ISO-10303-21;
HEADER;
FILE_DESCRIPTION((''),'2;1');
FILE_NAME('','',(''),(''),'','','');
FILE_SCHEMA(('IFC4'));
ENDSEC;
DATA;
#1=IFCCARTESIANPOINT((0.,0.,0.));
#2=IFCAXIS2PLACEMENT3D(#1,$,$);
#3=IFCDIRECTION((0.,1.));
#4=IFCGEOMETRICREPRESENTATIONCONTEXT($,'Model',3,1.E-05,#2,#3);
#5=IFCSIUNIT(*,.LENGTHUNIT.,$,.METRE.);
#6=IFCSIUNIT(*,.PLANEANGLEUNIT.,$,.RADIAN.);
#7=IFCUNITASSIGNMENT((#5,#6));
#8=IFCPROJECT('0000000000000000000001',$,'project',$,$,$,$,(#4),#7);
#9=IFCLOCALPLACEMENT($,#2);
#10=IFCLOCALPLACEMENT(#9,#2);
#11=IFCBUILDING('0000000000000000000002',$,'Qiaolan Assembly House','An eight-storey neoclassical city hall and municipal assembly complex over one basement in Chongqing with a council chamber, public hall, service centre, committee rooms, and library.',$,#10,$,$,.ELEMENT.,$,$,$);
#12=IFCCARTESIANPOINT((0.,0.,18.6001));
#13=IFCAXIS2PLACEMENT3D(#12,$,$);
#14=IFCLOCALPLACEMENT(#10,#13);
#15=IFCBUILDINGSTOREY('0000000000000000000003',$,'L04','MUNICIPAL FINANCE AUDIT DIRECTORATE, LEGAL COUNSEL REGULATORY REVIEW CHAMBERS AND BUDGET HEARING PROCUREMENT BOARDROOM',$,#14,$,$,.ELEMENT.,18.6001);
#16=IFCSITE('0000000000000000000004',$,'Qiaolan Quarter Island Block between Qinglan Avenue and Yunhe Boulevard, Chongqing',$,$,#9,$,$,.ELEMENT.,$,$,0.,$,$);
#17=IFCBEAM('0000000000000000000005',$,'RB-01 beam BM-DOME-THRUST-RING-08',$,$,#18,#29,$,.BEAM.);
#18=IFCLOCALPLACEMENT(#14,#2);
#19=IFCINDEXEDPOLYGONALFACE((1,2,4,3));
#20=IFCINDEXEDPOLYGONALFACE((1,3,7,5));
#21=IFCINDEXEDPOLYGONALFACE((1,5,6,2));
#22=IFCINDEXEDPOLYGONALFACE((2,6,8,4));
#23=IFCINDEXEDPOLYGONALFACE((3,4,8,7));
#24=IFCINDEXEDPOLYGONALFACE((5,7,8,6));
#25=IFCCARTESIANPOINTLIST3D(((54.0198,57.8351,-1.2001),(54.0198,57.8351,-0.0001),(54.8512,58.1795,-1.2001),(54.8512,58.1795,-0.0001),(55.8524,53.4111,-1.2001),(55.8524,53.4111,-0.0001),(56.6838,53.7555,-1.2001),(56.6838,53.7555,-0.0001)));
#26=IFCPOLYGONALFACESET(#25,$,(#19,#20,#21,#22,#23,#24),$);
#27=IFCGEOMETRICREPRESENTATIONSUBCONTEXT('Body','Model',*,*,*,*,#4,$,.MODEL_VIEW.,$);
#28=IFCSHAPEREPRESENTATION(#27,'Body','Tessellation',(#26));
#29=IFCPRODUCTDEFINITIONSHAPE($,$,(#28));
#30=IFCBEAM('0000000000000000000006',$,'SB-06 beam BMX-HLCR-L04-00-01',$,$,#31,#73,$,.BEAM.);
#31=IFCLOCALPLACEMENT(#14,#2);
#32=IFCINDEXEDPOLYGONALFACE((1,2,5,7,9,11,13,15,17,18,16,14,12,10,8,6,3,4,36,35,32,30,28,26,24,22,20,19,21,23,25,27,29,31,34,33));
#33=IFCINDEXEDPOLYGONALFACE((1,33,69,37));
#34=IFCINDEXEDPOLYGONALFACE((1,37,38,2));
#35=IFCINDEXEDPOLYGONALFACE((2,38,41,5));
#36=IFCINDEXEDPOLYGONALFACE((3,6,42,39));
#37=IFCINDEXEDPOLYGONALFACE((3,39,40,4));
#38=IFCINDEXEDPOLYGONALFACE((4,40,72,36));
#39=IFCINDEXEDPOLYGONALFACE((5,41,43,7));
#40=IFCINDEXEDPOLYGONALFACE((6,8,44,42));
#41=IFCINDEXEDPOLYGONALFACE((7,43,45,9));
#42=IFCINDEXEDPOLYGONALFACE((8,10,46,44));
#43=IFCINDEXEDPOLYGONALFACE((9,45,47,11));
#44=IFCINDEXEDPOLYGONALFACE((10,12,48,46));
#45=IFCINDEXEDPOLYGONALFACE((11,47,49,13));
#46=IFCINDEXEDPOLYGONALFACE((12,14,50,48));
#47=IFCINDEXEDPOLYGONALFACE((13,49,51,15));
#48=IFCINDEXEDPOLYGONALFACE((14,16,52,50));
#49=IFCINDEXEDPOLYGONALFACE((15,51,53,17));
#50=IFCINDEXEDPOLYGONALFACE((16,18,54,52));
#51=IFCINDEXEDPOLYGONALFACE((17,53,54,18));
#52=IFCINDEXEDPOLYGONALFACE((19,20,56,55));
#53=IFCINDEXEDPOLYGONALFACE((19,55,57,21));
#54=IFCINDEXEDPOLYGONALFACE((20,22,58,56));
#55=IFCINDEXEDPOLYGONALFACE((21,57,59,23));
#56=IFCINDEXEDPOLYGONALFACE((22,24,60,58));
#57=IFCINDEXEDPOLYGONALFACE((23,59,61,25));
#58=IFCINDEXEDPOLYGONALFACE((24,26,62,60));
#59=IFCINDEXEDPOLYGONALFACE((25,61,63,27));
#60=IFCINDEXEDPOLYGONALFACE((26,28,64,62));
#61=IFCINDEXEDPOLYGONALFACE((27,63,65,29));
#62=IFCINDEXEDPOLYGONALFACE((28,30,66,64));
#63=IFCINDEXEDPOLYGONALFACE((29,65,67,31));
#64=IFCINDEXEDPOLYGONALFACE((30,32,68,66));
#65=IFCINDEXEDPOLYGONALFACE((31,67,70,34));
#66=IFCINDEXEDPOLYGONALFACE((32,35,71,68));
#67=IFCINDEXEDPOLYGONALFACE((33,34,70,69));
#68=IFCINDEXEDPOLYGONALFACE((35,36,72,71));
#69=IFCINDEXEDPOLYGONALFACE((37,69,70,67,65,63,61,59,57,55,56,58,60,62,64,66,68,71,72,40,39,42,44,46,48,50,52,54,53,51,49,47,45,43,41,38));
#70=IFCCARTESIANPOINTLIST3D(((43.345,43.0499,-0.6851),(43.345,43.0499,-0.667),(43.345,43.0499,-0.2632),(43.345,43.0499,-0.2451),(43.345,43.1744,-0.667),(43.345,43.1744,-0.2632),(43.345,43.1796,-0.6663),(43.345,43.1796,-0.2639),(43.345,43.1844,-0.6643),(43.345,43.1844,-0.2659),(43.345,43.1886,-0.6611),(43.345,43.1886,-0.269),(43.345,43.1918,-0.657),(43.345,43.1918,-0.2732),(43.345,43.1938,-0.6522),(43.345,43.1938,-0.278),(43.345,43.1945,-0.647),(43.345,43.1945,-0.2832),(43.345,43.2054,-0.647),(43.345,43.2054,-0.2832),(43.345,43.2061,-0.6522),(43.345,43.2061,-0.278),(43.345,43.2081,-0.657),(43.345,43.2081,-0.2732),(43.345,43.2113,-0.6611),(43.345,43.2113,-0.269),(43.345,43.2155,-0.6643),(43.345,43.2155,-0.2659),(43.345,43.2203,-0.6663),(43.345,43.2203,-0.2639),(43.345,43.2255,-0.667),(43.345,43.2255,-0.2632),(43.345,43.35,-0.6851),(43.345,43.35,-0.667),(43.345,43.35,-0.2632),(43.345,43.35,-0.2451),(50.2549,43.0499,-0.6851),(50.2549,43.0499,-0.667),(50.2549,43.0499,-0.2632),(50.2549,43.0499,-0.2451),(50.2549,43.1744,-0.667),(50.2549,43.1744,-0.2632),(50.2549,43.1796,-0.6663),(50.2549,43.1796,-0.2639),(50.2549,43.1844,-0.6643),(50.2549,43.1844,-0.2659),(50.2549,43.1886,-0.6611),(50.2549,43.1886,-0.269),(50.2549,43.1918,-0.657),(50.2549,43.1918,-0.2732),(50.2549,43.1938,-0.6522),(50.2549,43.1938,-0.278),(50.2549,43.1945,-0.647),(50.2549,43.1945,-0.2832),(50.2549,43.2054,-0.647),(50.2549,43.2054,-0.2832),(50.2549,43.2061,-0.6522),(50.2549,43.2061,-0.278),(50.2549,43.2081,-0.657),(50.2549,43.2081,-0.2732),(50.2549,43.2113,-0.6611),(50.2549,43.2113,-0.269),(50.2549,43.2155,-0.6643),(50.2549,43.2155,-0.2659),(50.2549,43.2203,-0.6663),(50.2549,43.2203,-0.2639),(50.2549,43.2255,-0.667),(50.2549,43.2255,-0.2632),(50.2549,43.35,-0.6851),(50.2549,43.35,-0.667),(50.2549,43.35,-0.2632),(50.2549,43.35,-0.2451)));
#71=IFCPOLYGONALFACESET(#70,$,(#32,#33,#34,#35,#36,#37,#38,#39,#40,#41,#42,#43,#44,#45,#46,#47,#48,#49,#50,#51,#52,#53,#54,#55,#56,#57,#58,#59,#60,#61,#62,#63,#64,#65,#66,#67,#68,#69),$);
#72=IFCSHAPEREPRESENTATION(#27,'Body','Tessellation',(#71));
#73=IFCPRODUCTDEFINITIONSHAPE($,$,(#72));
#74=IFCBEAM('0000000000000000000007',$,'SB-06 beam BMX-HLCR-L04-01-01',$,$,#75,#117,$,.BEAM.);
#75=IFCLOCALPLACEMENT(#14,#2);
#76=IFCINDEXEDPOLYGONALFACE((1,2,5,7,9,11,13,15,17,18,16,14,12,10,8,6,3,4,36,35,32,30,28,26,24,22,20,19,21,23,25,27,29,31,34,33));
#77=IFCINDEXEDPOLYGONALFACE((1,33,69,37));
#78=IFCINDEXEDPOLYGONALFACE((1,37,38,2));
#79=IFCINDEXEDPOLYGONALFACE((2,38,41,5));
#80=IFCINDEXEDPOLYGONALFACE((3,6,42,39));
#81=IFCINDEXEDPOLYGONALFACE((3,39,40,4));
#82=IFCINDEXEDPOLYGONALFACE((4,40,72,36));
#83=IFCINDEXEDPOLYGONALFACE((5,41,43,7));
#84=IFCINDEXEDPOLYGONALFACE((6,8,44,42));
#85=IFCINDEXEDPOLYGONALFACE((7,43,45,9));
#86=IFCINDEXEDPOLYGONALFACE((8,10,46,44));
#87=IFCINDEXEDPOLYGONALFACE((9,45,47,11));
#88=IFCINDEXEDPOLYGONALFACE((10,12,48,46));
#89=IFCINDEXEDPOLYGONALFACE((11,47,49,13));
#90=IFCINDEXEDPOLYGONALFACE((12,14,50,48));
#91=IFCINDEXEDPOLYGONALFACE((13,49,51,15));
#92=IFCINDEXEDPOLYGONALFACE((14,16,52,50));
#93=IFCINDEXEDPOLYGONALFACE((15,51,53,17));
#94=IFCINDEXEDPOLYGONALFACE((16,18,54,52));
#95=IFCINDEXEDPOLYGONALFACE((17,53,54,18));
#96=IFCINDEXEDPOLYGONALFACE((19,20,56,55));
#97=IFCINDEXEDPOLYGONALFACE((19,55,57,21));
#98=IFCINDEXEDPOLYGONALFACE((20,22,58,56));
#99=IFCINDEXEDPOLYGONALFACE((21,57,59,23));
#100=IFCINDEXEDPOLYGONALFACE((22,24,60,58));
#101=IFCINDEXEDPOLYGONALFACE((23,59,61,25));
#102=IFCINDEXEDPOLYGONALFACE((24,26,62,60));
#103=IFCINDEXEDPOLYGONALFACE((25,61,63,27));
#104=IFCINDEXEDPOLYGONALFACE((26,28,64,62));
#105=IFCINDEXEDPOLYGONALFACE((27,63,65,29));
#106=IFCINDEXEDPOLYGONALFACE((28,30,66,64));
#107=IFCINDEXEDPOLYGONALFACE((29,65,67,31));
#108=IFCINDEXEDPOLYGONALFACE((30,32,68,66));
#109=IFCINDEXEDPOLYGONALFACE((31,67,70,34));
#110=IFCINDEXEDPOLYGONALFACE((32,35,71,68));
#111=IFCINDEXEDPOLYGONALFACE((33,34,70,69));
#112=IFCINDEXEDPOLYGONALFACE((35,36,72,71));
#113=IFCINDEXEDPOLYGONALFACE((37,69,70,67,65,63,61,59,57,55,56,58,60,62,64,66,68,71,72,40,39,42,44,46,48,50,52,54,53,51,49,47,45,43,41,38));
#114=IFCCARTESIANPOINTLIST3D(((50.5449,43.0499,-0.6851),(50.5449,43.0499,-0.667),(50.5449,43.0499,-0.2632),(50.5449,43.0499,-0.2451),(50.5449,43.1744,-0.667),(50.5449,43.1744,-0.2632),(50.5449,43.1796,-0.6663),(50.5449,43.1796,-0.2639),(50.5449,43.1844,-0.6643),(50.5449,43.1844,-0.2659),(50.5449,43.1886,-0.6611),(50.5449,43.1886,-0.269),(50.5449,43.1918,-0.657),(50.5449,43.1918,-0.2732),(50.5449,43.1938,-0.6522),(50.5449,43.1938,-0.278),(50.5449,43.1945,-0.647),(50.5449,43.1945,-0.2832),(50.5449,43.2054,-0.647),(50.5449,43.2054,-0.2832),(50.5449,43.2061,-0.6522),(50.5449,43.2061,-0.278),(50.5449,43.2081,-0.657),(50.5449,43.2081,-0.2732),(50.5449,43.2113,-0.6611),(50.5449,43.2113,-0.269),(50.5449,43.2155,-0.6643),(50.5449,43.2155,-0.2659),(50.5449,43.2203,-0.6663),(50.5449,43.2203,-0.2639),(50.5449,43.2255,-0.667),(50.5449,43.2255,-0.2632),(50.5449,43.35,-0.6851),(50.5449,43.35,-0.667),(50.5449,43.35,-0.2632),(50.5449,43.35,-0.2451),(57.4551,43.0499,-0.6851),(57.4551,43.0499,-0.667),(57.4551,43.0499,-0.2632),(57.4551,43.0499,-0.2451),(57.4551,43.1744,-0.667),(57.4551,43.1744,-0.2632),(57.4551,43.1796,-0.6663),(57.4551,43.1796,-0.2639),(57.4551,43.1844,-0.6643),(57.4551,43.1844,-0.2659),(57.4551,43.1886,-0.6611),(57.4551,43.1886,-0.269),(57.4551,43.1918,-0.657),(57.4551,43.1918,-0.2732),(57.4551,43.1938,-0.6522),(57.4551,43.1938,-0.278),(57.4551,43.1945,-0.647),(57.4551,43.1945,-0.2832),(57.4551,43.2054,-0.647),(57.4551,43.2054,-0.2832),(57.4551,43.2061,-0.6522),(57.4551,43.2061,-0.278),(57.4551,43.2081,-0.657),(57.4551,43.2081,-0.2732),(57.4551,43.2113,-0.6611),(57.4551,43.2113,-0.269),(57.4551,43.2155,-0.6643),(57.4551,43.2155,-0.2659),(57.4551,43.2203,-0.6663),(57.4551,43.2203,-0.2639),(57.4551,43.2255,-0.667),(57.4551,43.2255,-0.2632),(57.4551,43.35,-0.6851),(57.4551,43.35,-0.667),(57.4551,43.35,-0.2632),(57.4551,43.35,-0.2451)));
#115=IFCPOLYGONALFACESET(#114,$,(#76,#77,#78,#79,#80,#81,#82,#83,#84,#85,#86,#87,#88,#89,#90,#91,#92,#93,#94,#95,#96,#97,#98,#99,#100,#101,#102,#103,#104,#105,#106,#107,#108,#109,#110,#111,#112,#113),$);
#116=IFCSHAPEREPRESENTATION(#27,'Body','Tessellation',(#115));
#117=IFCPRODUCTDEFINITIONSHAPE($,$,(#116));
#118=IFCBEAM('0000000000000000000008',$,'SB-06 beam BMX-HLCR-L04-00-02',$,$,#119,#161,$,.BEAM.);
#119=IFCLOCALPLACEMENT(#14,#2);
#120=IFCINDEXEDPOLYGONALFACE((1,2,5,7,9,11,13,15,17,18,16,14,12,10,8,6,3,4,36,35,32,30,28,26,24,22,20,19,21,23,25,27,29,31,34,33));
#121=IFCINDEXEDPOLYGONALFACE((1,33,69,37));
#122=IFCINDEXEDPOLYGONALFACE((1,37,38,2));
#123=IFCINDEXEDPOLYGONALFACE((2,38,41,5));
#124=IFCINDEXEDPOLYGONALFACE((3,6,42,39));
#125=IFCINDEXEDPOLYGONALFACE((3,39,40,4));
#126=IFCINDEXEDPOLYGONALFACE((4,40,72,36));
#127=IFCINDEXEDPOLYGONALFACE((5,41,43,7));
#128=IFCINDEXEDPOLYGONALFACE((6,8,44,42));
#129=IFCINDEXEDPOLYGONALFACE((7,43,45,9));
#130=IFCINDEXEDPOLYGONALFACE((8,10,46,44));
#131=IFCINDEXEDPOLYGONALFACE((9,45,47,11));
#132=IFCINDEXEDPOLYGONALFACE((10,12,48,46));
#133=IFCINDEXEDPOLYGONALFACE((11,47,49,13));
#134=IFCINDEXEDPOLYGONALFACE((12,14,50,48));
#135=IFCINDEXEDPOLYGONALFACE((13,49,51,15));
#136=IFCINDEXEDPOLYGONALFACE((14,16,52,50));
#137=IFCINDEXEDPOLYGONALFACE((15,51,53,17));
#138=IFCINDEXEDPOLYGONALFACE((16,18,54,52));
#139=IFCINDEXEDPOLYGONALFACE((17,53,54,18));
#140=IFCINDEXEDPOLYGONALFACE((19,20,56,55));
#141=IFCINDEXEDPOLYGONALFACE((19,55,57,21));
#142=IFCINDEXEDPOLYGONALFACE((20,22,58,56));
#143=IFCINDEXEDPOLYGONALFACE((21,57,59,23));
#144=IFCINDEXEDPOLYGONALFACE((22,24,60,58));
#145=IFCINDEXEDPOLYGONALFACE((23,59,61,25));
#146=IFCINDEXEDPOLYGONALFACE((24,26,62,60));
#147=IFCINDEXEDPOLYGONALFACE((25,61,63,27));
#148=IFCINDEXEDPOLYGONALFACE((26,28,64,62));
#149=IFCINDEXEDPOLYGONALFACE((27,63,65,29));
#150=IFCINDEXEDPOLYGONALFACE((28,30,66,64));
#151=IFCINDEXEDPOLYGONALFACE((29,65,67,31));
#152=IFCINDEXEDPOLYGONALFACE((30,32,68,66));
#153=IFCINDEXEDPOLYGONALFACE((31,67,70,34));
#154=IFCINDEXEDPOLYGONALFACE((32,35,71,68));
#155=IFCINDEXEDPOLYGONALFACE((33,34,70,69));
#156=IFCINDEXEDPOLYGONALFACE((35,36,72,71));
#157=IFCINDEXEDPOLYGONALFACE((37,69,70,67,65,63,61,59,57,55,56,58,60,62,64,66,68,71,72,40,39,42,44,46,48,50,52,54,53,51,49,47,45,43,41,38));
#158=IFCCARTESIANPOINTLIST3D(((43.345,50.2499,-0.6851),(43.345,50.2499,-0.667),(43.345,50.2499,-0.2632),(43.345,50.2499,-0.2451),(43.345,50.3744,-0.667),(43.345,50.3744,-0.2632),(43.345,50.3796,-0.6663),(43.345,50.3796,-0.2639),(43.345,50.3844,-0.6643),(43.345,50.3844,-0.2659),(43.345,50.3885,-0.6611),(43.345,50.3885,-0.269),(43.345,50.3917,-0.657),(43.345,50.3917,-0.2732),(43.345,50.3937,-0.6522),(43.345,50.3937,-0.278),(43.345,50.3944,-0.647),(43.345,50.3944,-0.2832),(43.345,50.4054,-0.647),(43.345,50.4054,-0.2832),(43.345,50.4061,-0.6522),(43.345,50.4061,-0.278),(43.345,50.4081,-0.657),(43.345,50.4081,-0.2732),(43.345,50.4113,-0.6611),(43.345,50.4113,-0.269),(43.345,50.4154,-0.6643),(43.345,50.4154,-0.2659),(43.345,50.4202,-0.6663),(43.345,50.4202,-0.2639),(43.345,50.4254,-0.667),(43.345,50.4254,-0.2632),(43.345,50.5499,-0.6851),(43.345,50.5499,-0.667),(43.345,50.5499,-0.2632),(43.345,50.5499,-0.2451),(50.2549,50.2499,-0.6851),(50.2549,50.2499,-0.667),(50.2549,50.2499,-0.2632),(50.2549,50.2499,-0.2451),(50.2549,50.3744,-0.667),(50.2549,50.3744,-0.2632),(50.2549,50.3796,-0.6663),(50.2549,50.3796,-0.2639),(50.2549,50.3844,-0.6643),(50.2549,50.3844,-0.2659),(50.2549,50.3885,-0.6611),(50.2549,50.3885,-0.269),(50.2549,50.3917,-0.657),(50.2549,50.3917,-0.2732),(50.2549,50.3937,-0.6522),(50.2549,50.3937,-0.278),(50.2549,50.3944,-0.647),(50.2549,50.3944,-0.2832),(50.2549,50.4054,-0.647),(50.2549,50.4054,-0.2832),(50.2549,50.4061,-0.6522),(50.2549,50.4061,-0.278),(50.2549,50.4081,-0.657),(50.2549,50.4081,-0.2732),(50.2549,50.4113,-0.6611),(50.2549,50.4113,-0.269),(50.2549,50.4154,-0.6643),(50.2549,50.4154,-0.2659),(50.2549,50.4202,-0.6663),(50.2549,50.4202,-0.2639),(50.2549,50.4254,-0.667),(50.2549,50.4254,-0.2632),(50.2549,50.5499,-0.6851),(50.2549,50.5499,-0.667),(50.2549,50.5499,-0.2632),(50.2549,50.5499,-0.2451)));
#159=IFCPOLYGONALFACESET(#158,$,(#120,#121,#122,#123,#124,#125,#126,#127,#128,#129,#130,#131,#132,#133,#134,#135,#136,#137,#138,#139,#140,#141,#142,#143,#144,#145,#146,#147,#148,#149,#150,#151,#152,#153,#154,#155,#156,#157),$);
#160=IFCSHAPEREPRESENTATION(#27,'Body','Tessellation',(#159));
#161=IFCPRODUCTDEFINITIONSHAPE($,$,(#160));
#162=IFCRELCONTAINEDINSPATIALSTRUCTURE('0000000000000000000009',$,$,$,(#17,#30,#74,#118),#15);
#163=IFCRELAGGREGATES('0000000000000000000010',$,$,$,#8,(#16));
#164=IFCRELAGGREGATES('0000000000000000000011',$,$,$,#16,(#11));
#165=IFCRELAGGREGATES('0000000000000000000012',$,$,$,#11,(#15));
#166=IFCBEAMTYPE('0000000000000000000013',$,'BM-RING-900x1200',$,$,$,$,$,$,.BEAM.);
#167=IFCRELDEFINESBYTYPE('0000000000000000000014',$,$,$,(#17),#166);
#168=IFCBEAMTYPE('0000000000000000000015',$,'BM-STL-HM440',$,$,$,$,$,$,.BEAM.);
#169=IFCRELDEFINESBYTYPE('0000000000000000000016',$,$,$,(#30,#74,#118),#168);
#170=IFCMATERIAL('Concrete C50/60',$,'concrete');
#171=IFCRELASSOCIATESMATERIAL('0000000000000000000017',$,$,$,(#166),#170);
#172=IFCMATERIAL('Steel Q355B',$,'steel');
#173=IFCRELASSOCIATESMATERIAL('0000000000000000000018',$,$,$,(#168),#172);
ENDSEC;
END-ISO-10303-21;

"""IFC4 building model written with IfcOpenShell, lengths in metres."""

from ifc_helpers import new_model, si_unit, direction, frame, origin, origin_2d, place, context, subcontext, project, spatial, rectangle, i_section, extrude, material, material_profile, profile_set, type_object, element, save


model = new_model("IFC4")

# Units and contexts
model_context = context("Model", 3, precision=1e-05, world=origin(), true_north=direction((0.0, 1.0)))
body_context = subcontext(model_context, "Body", "Model", "MODEL_VIEW")
ifc_project = project(units=[si_unit("LENGTHUNIT", "METRE"), si_unit("PLANEANGLEUNIT", "RADIAN")], contexts=[model_context])

# Site, building, storey
site_placement = place(None, origin())
site = spatial("IfcSite", under=ifc_project, at=site_placement, Name="Qiaolan Quarter Island Block between Qinglan Avenue and Yunhe Boulevard, Chongqing", CompositionType="ELEMENT", RefElevation=0.0)
building_placement = place(site_placement, origin())
building = spatial("IfcBuilding", under=site, at=building_placement, Name="Qiaolan Assembly House", Description="An eight-storey neoclassical city hall and municipal assembly complex over one basement in Chongqing with a council chamber, public hall, service centre, committee rooms, and library.", CompositionType="ELEMENT")
storey_placement = place(building_placement, frame((0.0, 0.0, 18.6001)))
storey = spatial("IfcBuildingStorey", under=building, at=storey_placement, Name="L04", Description="MUNICIPAL FINANCE AUDIT DIRECTORATE, LEGAL COUNSEL REGULATORY REVIEW CHAMBERS AND BUDGET HEARING PROCUREMENT BOARDROOM", CompositionType="ELEMENT", Elevation=18.6001)

# Beams
ifc_material_1 = material(Name="Concrete C50/60", Category="concrete")
ifc_material_profile_1 = material_profile(ifc_material_1, rectangle(XDim=0.8999, YDim=1.2, at=origin_2d()), Name="RCB 900x1200")
ifc_profile_set_1 = profile_set([ifc_material_profile_1], Name="Concrete C50/60")
beam_type_1 = type_object("IfcBeamType", Name="BM-RING-900x1200", PredefinedType="BEAM", material=ifc_profile_set_1)
beam_1_placement = place(storey_placement, frame((54.4355, 58.0073, -0.6001), z_axis=(0.382685, -0.923879, 0.0), x_axis=(0.923879, 0.382685, 0.0)))
element("IfcBeam", 1, at=beam_1_placement, inside=storey, type_object=beam_type_1, Name="RB-01 beam BM-DOME-THRUST-RING-08", PredefinedType="BEAM", context=body_context, shape_type="SweptSolid", body=[
    extrude(rectangle(XDim=0.8999, YDim=1.2, at=origin_2d()), origin(), (0.0, 0.0, 1.0), 4.7886),
])
ifc_material_2 = material(Name="Steel Q355B", Category="steel")
ifc_material_profile_2 = material_profile(ifc_material_2, i_section(OverallWidth=0.3, OverallDepth=0.4399, WebThickness=0.011, FlangeThickness=0.0181, FilletRadius=0.02, at=origin_2d()), Name="HM 440x300x11x18")
ifc_profile_set_2 = profile_set([ifc_material_profile_2], Name="Steel Q355B")
beam_type_2 = type_object("IfcBeamType", Name="BM-STL-HM440", PredefinedType="BEAM", material=ifc_profile_set_2)
beam_2_placement = place(storey_placement, frame((43.345, 43.2, -0.4651), z_axis=(1.0, 0.0, 0.0), x_axis=(0.0, 1.0, 0.0)))
element("IfcBeam", 2, at=beam_2_placement, inside=storey, type_object=beam_type_2, Name="SB-06 beam BMX-HLCR-L04-00-01", PredefinedType="BEAM", context=body_context, shape_type="SweptSolid", body=[
    extrude(i_section(OverallWidth=0.3, OverallDepth=0.4399, WebThickness=0.011, FlangeThickness=0.0181, FilletRadius=0.02, at=origin_2d()), origin(), (0.0, 0.0, 1.0), 6.9099),
])
beam_3_placement = place(storey_placement, frame((50.5449, 43.2, -0.4651), z_axis=(1.0, 0.0, 0.0), x_axis=(0.0, 1.0, 0.0)))
element("IfcBeam", 3, at=beam_3_placement, inside=storey, type_object=beam_type_2, Name="SB-06 beam BMX-HLCR-L04-01-01", PredefinedType="BEAM", context=body_context, shape_type="SweptSolid", body=[
    extrude(i_section(OverallWidth=0.3, OverallDepth=0.4399, WebThickness=0.011, FlangeThickness=0.0181, FilletRadius=0.02, at=origin_2d()), origin(), (0.0, 0.0, 1.0), 6.9102),
])
for number, where, z_axis, x_axis, name in (
    (4, (43.345, 50.3999, -0.4651), (1.0, 0.0, 0.0), (0.0, 1.0, 0.0), "SB-06 beam BMX-HLCR-L04-00-02"),
):
    element("IfcBeam", number, at=place(storey_placement, frame(where, z_axis=z_axis, x_axis=x_axis)), inside=storey, type_object=beam_type_2, Name=name, PredefinedType="BEAM", context=body_context, shape_type="SweptSolid", body=[
        extrude(i_section(OverallWidth=0.3, OverallDepth=0.4399, WebThickness=0.011, FlangeThickness=0.0181, FilletRadius=0.02, at=origin_2d()), origin(), (0.0, 0.0, 1.0), 6.9099),
    ])

save(model, "model.ifc")
